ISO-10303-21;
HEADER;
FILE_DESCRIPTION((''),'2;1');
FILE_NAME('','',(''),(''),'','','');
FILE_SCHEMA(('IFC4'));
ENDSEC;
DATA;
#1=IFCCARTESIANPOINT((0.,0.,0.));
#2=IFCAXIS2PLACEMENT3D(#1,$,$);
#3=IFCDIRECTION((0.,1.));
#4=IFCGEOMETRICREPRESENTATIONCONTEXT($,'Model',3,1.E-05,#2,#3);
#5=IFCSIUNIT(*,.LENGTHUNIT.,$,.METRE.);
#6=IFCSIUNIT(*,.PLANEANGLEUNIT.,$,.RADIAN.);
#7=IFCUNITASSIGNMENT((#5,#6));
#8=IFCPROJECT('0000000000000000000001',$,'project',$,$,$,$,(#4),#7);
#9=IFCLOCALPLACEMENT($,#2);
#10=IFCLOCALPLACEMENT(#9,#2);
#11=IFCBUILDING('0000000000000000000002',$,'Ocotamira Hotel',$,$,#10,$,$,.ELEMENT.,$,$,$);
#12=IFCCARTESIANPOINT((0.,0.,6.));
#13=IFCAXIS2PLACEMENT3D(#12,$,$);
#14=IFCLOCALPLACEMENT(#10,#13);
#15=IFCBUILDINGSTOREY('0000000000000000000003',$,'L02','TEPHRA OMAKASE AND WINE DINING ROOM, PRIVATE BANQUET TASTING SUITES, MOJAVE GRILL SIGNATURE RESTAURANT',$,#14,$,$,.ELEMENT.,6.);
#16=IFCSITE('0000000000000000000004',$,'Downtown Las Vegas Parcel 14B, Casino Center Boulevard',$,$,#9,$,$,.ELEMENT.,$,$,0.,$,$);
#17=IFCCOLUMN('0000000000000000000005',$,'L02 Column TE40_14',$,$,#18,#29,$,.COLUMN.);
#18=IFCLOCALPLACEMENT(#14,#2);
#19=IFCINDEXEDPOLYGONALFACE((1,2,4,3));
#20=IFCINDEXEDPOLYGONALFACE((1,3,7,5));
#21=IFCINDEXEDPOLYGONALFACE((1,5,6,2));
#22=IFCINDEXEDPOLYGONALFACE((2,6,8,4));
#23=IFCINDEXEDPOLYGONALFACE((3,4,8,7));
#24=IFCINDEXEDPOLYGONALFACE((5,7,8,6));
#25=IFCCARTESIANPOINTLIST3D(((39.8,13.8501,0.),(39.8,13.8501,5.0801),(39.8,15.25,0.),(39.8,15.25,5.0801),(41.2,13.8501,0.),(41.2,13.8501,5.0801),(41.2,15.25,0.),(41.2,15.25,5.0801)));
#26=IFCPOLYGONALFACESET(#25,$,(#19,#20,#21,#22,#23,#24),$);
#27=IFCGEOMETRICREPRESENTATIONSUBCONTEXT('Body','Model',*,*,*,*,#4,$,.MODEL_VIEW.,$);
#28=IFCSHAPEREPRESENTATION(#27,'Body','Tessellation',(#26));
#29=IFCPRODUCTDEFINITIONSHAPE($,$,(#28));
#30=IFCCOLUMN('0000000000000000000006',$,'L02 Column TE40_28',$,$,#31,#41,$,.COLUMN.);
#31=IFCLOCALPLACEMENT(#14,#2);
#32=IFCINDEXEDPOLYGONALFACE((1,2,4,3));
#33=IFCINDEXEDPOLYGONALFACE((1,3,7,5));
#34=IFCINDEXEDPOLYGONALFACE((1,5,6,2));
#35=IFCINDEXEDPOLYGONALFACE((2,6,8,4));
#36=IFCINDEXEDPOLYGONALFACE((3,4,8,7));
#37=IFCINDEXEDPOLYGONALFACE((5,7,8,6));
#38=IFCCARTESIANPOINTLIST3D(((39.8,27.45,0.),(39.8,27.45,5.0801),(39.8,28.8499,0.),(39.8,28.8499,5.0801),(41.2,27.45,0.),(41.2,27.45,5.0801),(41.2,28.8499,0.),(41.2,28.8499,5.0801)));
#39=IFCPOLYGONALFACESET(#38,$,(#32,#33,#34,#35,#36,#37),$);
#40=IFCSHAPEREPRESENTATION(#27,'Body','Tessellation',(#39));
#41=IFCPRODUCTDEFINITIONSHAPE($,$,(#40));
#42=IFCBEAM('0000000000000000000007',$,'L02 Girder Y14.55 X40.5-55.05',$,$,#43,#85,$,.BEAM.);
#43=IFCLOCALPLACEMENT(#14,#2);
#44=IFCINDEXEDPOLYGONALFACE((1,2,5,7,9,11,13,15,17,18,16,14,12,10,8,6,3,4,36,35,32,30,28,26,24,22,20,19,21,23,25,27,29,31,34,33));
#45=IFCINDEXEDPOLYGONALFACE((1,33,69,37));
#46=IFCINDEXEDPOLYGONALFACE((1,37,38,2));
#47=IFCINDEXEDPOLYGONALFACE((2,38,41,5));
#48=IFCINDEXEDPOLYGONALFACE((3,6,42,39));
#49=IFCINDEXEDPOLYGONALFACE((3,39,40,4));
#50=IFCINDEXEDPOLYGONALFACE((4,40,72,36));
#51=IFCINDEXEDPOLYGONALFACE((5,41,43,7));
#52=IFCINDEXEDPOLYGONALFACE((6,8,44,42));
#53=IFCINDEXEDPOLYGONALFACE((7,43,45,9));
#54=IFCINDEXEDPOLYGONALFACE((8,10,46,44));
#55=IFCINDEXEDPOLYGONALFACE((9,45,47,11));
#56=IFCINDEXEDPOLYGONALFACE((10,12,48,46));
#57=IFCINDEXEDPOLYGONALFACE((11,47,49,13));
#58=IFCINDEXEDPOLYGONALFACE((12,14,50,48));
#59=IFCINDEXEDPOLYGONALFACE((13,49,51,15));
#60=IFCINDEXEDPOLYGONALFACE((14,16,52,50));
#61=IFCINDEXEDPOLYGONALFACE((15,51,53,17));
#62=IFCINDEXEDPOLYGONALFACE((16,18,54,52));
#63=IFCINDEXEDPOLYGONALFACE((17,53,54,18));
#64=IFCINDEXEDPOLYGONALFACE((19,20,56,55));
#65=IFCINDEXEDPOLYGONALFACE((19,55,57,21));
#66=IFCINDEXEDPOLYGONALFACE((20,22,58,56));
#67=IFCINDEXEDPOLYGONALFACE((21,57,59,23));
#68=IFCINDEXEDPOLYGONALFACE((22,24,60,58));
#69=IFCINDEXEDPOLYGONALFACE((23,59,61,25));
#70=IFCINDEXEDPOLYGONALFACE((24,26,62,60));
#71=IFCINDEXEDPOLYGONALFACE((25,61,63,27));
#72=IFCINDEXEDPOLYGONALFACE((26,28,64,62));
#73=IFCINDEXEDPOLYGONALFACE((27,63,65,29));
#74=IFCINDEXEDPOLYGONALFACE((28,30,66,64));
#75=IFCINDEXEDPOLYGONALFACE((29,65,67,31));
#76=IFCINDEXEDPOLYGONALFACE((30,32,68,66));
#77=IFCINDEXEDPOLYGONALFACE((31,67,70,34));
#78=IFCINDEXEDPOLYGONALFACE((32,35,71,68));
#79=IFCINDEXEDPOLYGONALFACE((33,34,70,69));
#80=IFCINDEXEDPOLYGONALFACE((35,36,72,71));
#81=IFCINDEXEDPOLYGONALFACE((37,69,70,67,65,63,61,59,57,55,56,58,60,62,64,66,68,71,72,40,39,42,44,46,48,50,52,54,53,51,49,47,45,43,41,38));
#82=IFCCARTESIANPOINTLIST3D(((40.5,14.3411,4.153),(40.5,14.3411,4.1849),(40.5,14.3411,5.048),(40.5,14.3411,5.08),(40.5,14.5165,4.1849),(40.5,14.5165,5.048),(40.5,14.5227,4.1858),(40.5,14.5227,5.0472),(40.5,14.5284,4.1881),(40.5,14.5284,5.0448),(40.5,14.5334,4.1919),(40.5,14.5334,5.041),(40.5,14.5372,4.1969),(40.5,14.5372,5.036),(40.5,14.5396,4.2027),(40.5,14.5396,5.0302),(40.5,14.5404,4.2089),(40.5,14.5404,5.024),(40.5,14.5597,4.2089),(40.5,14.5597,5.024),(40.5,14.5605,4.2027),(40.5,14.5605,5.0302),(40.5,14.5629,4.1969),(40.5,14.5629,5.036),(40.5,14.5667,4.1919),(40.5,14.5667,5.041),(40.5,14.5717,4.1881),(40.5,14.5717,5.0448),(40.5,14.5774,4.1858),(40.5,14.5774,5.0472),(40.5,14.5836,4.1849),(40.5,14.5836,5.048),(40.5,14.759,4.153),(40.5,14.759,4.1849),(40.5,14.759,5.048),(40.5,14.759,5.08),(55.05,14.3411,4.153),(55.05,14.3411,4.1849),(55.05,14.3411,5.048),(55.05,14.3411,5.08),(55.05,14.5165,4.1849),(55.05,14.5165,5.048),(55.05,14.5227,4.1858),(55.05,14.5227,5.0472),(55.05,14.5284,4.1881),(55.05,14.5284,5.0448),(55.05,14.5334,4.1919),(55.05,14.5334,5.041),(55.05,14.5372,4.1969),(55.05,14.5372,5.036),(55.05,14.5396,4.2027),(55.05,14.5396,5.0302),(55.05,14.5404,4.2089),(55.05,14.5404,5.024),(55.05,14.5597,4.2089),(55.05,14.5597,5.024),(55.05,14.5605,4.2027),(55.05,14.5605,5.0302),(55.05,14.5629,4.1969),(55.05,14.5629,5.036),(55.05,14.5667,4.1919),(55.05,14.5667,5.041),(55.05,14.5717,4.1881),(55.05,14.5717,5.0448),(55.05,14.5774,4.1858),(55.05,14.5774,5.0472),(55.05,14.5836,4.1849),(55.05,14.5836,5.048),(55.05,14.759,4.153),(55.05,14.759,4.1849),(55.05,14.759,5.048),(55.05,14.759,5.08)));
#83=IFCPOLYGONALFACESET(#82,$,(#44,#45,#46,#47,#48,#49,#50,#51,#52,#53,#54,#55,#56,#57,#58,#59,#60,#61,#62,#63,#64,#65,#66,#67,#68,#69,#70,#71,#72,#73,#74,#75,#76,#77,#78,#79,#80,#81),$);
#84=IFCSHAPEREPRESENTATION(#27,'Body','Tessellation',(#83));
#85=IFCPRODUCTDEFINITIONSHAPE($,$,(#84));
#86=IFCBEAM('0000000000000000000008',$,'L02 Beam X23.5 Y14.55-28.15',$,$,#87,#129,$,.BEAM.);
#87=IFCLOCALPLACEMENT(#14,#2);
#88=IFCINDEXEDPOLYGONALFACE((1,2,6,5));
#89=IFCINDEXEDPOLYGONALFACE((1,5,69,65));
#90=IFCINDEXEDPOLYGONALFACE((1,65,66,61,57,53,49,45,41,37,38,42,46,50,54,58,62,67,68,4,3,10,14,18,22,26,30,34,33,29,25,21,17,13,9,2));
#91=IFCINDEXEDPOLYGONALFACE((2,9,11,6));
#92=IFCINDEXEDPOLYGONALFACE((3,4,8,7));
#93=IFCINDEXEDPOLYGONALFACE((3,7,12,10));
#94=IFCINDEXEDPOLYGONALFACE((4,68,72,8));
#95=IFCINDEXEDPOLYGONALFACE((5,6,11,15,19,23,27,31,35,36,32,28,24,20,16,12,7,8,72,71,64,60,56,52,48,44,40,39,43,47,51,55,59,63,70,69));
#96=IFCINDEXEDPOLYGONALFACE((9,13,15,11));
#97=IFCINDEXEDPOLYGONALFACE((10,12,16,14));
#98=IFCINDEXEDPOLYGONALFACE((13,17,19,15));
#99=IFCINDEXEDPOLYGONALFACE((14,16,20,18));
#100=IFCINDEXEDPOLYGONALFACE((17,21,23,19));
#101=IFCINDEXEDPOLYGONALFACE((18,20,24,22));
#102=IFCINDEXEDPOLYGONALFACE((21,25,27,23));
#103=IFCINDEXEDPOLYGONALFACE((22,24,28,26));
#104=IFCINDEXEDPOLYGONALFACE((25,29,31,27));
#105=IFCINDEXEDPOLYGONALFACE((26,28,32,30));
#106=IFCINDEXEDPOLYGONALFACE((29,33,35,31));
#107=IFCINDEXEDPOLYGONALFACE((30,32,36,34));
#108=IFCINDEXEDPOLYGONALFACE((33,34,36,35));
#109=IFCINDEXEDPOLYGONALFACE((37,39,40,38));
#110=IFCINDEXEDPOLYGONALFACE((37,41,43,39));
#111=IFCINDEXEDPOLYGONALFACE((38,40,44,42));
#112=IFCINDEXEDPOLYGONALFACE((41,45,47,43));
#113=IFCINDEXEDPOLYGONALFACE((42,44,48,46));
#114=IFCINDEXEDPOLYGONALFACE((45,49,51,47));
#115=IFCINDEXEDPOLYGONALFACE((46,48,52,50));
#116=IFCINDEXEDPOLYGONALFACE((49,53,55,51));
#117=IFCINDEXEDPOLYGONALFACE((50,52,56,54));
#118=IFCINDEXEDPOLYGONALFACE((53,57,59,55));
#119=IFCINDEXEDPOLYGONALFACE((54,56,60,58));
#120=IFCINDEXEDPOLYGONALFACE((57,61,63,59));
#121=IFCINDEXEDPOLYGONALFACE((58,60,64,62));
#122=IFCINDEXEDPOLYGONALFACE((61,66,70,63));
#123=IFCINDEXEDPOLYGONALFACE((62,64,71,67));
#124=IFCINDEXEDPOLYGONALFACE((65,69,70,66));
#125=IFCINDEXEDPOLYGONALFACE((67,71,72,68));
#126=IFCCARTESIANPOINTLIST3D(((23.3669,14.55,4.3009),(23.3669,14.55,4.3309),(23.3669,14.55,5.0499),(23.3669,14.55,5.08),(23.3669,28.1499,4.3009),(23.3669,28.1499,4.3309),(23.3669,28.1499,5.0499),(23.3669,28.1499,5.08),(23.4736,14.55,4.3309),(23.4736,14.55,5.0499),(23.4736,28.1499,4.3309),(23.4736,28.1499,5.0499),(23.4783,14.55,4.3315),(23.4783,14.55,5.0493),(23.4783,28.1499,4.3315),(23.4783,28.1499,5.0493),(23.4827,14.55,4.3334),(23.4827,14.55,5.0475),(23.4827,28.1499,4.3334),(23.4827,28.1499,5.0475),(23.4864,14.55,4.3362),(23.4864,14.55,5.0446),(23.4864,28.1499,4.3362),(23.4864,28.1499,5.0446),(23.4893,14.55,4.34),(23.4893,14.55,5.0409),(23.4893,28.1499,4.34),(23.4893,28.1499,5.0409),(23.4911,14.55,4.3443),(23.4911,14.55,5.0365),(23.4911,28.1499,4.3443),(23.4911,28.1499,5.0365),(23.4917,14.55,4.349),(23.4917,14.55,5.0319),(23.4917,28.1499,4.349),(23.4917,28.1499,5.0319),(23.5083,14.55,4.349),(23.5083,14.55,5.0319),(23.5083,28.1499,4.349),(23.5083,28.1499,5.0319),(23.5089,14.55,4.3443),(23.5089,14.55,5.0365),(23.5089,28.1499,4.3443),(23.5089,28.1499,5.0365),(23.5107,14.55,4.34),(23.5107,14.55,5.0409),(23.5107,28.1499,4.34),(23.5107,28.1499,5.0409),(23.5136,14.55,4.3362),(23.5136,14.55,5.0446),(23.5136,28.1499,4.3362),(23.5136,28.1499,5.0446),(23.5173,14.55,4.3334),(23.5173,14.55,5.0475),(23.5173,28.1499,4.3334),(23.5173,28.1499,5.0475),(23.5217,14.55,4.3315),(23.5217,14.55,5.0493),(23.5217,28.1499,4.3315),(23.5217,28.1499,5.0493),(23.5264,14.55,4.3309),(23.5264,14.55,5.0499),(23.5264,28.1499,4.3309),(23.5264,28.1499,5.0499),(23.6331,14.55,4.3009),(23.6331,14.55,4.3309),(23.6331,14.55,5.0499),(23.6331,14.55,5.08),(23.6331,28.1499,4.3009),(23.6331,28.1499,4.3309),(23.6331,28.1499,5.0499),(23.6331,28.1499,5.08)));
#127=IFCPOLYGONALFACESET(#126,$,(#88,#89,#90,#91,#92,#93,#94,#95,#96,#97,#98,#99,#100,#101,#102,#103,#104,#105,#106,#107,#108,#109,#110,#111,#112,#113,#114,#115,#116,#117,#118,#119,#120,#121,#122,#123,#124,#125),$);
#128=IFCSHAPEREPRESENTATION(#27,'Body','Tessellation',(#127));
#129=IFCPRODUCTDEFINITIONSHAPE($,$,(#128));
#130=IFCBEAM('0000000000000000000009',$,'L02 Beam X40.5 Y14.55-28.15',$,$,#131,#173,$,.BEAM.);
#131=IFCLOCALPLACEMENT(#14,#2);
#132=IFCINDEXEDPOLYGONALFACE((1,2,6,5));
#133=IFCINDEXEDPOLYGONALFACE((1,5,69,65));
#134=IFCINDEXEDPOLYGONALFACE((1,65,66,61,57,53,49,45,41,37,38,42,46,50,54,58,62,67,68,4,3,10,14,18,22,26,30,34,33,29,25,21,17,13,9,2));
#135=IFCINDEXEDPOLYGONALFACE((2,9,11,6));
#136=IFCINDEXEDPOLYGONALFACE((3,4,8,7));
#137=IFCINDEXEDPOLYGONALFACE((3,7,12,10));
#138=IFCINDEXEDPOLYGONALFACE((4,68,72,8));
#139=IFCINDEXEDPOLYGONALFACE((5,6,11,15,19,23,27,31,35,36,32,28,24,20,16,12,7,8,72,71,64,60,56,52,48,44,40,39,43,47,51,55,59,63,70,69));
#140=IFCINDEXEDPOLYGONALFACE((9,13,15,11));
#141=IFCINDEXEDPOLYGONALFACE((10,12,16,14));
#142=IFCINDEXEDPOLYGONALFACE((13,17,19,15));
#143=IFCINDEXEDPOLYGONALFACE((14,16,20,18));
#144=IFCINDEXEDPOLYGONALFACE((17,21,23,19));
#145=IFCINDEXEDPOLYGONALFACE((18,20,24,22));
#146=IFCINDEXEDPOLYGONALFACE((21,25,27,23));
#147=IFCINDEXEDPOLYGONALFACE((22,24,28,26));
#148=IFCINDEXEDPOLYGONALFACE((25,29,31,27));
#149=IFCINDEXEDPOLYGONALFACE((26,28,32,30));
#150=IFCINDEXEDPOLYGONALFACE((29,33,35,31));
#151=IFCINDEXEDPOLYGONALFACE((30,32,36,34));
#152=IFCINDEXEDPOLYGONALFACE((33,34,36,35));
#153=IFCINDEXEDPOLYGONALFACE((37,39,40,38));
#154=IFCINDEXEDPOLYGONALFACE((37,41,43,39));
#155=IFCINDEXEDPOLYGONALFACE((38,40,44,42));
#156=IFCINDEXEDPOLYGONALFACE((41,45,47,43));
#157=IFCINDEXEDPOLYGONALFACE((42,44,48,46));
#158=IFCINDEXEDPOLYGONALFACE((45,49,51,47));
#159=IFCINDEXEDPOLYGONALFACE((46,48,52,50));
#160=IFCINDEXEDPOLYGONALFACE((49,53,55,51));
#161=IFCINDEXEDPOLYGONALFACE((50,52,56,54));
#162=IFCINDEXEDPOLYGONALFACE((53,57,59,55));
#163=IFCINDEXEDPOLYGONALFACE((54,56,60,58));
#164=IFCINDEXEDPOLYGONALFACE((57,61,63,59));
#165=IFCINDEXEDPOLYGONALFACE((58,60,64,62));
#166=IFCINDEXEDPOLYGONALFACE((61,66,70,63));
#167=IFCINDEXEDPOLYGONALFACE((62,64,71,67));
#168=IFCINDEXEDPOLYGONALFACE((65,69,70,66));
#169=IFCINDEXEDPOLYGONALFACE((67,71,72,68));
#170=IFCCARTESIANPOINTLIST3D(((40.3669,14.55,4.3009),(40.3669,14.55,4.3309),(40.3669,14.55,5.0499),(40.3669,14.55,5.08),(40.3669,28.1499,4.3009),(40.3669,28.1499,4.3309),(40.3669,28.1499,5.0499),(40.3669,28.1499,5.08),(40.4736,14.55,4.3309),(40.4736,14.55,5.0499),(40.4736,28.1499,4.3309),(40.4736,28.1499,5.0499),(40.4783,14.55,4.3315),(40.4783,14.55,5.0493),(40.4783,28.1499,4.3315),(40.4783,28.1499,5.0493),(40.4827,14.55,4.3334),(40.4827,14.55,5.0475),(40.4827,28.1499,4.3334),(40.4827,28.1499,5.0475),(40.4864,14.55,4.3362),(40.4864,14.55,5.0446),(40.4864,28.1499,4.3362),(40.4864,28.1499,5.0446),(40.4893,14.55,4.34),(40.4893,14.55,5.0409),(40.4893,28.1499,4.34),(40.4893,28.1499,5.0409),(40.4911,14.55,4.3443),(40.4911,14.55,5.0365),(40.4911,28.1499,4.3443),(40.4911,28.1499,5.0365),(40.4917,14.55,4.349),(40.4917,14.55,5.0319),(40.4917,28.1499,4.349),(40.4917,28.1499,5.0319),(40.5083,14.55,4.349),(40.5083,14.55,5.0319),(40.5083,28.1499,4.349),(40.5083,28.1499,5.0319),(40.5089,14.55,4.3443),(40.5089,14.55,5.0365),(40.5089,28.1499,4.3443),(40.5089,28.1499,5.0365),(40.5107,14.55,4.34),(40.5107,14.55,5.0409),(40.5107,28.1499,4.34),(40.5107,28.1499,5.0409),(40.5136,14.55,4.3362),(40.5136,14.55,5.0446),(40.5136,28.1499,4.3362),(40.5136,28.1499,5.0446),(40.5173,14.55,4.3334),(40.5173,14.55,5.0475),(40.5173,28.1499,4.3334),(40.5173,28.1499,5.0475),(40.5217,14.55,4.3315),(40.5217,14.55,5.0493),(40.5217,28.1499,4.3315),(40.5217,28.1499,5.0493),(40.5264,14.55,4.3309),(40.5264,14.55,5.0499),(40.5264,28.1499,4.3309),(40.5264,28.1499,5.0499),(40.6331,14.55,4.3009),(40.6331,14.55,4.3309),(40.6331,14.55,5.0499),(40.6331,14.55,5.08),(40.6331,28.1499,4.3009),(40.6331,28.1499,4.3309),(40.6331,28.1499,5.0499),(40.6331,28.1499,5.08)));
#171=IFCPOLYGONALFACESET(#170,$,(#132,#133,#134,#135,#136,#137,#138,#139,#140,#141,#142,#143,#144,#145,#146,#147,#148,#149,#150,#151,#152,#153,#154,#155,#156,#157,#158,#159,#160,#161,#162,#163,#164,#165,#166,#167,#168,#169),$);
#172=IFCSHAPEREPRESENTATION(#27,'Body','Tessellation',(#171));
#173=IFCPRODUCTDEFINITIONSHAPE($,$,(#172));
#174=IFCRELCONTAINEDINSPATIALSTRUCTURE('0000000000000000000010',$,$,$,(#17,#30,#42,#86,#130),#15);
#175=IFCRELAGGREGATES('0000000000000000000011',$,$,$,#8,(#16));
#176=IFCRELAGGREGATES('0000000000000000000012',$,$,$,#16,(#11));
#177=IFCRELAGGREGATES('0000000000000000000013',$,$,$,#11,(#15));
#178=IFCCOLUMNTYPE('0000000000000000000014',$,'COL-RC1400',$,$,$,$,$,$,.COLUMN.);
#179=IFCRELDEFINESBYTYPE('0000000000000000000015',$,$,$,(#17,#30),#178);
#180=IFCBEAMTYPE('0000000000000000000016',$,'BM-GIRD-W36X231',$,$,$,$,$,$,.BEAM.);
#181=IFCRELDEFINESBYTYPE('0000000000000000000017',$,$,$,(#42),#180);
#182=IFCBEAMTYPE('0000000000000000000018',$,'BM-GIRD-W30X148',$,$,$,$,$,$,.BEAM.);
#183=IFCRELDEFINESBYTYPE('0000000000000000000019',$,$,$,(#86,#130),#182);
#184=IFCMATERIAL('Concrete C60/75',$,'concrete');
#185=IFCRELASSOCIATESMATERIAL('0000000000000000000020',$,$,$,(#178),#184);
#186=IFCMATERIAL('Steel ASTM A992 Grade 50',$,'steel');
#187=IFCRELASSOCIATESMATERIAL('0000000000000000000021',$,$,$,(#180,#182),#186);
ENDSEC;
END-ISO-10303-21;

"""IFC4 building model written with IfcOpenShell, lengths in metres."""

from ifc_helpers import new_model, si_unit, direction, frame, origin, origin_2d, place, context, subcontext, project, spatial, rectangle, i_section, extrude, source, transform, mapped, material, material_profile, profile_set, type_object, element, save


model = new_model("IFC4")

# Units and contexts
model_context = context("Model", 3, precision=1e-05, world=origin(), true_north=direction((0.0, 1.0)))
body_context = subcontext(model_context, "Body", "Model", "MODEL_VIEW")
ifc_project = project(units=[si_unit("LENGTHUNIT", "METRE"), si_unit("PLANEANGLEUNIT", "RADIAN")], contexts=[model_context])

# Site, building, storey
site_placement = place(None, origin())
site = spatial("IfcSite", under=ifc_project, at=site_placement, Name="Downtown Las Vegas Parcel 14B, Casino Center Boulevard", CompositionType="ELEMENT", RefElevation=0.0)
building_placement = place(site_placement, origin())
building = spatial("IfcBuilding", under=site, at=building_placement, Name="Ocotamira Hotel", CompositionType="ELEMENT")
storey_placement = place(building_placement, frame((0.0, 0.0, 6.0)))
storey = spatial("IfcBuildingStorey", under=building, at=storey_placement, Name="L02", Description="TEPHRA OMAKASE AND WINE DINING ROOM, PRIVATE BANQUET TASTING SUITES, MOJAVE GRILL SIGNATURE RESTAURANT", CompositionType="ELEMENT", Elevation=6.0)

# Columns
ifc_material_1 = material(Name="Concrete C60/75", Category="concrete")
ifc_material_profile_1 = material_profile(ifc_material_1, rectangle(XDim=1.3999, YDim=1.3999, at=origin_2d()), Name="RC1400X1400")
ifc_profile_set_1 = profile_set([ifc_material_profile_1], Name="Concrete C60/75")
column_type = type_object("IfcColumnType", Name="COL-RC1400", PredefinedType="COLUMN", material=ifc_profile_set_1)
shared_shape_1 = source(origin(), body_context, "Body", "SweptSolid", [
    extrude(rectangle(XDim=1.3999, YDim=1.3999, at=origin_2d()), origin(), (0.0, 0.0, 1.0), 5.0801),
])
for number, where, z_axis, x_axis, name in (
    (1, (40.5, 14.55, 0.0), (0.0, 0.0, 1.0), (1.0, 0.0, 0.0), "L02 Column TE40_14"),
    (2, (40.5, 28.1499, 0.0), (0.0, 0.0, 1.0), (1.0, 0.0, 0.0), "L02 Column TE40_28"),
):
    element("IfcColumn", number, at=place(storey_placement, frame(where, z_axis=z_axis, x_axis=x_axis)), inside=storey, type_object=column_type, Name=name, PredefinedType="COLUMN", context=body_context, shape_type="MappedRepresentation", body=[
        mapped(shared_shape_1, transform((0.0, 0.0, 0.0), scale=1.0)),
    ])

# Beams
ifc_material_2 = material(Name="Steel ASTM A992 Grade 50", Category="steel")
ifc_material_profile_2 = material_profile(ifc_material_2, i_section(OverallWidth=0.418, OverallDepth=0.927, WebThickness=0.0193, FlangeThickness=0.032, FilletRadius=0.0239, at=origin_2d()), Name="W36X231")
ifc_profile_set_2 = profile_set([ifc_material_profile_2], Name="Steel ASTM A992 Grade 50")
beam_type_1 = type_object("IfcBeamType", Name="BM-GIRD-W36X231", PredefinedType="BEAM", material=ifc_profile_set_2)
shared_shape_2 = source(origin(), body_context, "Body", "SweptSolid", [
    extrude(i_section(OverallWidth=0.418, OverallDepth=0.927, WebThickness=0.0193, FlangeThickness=0.032, FilletRadius=0.0239, at=origin_2d()), origin(), (0.0, 0.0, 1.0), 14.55),
])
beam_1_placement = place(storey_placement, frame((40.5, 14.55, 4.6165), z_axis=(1.0, 0.0, 0.0), x_axis=(0.0, 1.0, 0.0)))
element("IfcBeam", 3, at=beam_1_placement, inside=storey, type_object=beam_type_1, Name="L02 Girder Y14.55 X40.5-55.05", PredefinedType="BEAM", context=body_context, shape_type="MappedRepresentation", body=[
    mapped(shared_shape_2, transform((0.0, 0.0, 0.0), scale=1.0)),
])
ifc_material_profile_3 = material_profile(ifc_material_2, i_section(OverallWidth=0.2661, OverallDepth=0.7791, WebThickness=0.0166, FlangeThickness=0.03, FilletRadius=0.0181, at=origin_2d()), Name="W30X148")
ifc_profile_set_3 = profile_set([ifc_material_profile_3], Name="Steel ASTM A992 Grade 50")
beam_type_2 = type_object("IfcBeamType", Name="BM-GIRD-W30X148", PredefinedType="BEAM", material=ifc_profile_set_3)
shared_shape_3 = source(origin(), body_context, "Body", "SweptSolid", [
    extrude(i_section(OverallWidth=0.2661, OverallDepth=0.7791, WebThickness=0.0166, FlangeThickness=0.03, FilletRadius=0.0181, at=origin_2d()), origin(), (0.0, 0.0, 1.0), 13.5999),
])
for number, where, z_axis, x_axis, name in (
    (4, (23.5, 14.55, 4.6904), (0.0, 1.0, 0.0), (-1.0, 0.0, 0.0), "L02 Beam X23.5 Y14.55-28.15"),
    (5, (40.5, 14.55, 4.6904), (0.0, 1.0, 0.0), (-1.0, 0.0, 0.0), "L02 Beam X40.5 Y14.55-28.15"),
):
    element("IfcBeam", number, at=place(storey_placement, frame(where, z_axis=z_axis, x_axis=x_axis)), inside=storey, type_object=beam_type_2, Name=name, PredefinedType="BEAM", context=body_context, shape_type="MappedRepresentation", body=[
        mapped(shared_shape_3, transform((0.0, 0.0, 0.0), scale=1.0)),
    ])

save(model, "model.ifc")
